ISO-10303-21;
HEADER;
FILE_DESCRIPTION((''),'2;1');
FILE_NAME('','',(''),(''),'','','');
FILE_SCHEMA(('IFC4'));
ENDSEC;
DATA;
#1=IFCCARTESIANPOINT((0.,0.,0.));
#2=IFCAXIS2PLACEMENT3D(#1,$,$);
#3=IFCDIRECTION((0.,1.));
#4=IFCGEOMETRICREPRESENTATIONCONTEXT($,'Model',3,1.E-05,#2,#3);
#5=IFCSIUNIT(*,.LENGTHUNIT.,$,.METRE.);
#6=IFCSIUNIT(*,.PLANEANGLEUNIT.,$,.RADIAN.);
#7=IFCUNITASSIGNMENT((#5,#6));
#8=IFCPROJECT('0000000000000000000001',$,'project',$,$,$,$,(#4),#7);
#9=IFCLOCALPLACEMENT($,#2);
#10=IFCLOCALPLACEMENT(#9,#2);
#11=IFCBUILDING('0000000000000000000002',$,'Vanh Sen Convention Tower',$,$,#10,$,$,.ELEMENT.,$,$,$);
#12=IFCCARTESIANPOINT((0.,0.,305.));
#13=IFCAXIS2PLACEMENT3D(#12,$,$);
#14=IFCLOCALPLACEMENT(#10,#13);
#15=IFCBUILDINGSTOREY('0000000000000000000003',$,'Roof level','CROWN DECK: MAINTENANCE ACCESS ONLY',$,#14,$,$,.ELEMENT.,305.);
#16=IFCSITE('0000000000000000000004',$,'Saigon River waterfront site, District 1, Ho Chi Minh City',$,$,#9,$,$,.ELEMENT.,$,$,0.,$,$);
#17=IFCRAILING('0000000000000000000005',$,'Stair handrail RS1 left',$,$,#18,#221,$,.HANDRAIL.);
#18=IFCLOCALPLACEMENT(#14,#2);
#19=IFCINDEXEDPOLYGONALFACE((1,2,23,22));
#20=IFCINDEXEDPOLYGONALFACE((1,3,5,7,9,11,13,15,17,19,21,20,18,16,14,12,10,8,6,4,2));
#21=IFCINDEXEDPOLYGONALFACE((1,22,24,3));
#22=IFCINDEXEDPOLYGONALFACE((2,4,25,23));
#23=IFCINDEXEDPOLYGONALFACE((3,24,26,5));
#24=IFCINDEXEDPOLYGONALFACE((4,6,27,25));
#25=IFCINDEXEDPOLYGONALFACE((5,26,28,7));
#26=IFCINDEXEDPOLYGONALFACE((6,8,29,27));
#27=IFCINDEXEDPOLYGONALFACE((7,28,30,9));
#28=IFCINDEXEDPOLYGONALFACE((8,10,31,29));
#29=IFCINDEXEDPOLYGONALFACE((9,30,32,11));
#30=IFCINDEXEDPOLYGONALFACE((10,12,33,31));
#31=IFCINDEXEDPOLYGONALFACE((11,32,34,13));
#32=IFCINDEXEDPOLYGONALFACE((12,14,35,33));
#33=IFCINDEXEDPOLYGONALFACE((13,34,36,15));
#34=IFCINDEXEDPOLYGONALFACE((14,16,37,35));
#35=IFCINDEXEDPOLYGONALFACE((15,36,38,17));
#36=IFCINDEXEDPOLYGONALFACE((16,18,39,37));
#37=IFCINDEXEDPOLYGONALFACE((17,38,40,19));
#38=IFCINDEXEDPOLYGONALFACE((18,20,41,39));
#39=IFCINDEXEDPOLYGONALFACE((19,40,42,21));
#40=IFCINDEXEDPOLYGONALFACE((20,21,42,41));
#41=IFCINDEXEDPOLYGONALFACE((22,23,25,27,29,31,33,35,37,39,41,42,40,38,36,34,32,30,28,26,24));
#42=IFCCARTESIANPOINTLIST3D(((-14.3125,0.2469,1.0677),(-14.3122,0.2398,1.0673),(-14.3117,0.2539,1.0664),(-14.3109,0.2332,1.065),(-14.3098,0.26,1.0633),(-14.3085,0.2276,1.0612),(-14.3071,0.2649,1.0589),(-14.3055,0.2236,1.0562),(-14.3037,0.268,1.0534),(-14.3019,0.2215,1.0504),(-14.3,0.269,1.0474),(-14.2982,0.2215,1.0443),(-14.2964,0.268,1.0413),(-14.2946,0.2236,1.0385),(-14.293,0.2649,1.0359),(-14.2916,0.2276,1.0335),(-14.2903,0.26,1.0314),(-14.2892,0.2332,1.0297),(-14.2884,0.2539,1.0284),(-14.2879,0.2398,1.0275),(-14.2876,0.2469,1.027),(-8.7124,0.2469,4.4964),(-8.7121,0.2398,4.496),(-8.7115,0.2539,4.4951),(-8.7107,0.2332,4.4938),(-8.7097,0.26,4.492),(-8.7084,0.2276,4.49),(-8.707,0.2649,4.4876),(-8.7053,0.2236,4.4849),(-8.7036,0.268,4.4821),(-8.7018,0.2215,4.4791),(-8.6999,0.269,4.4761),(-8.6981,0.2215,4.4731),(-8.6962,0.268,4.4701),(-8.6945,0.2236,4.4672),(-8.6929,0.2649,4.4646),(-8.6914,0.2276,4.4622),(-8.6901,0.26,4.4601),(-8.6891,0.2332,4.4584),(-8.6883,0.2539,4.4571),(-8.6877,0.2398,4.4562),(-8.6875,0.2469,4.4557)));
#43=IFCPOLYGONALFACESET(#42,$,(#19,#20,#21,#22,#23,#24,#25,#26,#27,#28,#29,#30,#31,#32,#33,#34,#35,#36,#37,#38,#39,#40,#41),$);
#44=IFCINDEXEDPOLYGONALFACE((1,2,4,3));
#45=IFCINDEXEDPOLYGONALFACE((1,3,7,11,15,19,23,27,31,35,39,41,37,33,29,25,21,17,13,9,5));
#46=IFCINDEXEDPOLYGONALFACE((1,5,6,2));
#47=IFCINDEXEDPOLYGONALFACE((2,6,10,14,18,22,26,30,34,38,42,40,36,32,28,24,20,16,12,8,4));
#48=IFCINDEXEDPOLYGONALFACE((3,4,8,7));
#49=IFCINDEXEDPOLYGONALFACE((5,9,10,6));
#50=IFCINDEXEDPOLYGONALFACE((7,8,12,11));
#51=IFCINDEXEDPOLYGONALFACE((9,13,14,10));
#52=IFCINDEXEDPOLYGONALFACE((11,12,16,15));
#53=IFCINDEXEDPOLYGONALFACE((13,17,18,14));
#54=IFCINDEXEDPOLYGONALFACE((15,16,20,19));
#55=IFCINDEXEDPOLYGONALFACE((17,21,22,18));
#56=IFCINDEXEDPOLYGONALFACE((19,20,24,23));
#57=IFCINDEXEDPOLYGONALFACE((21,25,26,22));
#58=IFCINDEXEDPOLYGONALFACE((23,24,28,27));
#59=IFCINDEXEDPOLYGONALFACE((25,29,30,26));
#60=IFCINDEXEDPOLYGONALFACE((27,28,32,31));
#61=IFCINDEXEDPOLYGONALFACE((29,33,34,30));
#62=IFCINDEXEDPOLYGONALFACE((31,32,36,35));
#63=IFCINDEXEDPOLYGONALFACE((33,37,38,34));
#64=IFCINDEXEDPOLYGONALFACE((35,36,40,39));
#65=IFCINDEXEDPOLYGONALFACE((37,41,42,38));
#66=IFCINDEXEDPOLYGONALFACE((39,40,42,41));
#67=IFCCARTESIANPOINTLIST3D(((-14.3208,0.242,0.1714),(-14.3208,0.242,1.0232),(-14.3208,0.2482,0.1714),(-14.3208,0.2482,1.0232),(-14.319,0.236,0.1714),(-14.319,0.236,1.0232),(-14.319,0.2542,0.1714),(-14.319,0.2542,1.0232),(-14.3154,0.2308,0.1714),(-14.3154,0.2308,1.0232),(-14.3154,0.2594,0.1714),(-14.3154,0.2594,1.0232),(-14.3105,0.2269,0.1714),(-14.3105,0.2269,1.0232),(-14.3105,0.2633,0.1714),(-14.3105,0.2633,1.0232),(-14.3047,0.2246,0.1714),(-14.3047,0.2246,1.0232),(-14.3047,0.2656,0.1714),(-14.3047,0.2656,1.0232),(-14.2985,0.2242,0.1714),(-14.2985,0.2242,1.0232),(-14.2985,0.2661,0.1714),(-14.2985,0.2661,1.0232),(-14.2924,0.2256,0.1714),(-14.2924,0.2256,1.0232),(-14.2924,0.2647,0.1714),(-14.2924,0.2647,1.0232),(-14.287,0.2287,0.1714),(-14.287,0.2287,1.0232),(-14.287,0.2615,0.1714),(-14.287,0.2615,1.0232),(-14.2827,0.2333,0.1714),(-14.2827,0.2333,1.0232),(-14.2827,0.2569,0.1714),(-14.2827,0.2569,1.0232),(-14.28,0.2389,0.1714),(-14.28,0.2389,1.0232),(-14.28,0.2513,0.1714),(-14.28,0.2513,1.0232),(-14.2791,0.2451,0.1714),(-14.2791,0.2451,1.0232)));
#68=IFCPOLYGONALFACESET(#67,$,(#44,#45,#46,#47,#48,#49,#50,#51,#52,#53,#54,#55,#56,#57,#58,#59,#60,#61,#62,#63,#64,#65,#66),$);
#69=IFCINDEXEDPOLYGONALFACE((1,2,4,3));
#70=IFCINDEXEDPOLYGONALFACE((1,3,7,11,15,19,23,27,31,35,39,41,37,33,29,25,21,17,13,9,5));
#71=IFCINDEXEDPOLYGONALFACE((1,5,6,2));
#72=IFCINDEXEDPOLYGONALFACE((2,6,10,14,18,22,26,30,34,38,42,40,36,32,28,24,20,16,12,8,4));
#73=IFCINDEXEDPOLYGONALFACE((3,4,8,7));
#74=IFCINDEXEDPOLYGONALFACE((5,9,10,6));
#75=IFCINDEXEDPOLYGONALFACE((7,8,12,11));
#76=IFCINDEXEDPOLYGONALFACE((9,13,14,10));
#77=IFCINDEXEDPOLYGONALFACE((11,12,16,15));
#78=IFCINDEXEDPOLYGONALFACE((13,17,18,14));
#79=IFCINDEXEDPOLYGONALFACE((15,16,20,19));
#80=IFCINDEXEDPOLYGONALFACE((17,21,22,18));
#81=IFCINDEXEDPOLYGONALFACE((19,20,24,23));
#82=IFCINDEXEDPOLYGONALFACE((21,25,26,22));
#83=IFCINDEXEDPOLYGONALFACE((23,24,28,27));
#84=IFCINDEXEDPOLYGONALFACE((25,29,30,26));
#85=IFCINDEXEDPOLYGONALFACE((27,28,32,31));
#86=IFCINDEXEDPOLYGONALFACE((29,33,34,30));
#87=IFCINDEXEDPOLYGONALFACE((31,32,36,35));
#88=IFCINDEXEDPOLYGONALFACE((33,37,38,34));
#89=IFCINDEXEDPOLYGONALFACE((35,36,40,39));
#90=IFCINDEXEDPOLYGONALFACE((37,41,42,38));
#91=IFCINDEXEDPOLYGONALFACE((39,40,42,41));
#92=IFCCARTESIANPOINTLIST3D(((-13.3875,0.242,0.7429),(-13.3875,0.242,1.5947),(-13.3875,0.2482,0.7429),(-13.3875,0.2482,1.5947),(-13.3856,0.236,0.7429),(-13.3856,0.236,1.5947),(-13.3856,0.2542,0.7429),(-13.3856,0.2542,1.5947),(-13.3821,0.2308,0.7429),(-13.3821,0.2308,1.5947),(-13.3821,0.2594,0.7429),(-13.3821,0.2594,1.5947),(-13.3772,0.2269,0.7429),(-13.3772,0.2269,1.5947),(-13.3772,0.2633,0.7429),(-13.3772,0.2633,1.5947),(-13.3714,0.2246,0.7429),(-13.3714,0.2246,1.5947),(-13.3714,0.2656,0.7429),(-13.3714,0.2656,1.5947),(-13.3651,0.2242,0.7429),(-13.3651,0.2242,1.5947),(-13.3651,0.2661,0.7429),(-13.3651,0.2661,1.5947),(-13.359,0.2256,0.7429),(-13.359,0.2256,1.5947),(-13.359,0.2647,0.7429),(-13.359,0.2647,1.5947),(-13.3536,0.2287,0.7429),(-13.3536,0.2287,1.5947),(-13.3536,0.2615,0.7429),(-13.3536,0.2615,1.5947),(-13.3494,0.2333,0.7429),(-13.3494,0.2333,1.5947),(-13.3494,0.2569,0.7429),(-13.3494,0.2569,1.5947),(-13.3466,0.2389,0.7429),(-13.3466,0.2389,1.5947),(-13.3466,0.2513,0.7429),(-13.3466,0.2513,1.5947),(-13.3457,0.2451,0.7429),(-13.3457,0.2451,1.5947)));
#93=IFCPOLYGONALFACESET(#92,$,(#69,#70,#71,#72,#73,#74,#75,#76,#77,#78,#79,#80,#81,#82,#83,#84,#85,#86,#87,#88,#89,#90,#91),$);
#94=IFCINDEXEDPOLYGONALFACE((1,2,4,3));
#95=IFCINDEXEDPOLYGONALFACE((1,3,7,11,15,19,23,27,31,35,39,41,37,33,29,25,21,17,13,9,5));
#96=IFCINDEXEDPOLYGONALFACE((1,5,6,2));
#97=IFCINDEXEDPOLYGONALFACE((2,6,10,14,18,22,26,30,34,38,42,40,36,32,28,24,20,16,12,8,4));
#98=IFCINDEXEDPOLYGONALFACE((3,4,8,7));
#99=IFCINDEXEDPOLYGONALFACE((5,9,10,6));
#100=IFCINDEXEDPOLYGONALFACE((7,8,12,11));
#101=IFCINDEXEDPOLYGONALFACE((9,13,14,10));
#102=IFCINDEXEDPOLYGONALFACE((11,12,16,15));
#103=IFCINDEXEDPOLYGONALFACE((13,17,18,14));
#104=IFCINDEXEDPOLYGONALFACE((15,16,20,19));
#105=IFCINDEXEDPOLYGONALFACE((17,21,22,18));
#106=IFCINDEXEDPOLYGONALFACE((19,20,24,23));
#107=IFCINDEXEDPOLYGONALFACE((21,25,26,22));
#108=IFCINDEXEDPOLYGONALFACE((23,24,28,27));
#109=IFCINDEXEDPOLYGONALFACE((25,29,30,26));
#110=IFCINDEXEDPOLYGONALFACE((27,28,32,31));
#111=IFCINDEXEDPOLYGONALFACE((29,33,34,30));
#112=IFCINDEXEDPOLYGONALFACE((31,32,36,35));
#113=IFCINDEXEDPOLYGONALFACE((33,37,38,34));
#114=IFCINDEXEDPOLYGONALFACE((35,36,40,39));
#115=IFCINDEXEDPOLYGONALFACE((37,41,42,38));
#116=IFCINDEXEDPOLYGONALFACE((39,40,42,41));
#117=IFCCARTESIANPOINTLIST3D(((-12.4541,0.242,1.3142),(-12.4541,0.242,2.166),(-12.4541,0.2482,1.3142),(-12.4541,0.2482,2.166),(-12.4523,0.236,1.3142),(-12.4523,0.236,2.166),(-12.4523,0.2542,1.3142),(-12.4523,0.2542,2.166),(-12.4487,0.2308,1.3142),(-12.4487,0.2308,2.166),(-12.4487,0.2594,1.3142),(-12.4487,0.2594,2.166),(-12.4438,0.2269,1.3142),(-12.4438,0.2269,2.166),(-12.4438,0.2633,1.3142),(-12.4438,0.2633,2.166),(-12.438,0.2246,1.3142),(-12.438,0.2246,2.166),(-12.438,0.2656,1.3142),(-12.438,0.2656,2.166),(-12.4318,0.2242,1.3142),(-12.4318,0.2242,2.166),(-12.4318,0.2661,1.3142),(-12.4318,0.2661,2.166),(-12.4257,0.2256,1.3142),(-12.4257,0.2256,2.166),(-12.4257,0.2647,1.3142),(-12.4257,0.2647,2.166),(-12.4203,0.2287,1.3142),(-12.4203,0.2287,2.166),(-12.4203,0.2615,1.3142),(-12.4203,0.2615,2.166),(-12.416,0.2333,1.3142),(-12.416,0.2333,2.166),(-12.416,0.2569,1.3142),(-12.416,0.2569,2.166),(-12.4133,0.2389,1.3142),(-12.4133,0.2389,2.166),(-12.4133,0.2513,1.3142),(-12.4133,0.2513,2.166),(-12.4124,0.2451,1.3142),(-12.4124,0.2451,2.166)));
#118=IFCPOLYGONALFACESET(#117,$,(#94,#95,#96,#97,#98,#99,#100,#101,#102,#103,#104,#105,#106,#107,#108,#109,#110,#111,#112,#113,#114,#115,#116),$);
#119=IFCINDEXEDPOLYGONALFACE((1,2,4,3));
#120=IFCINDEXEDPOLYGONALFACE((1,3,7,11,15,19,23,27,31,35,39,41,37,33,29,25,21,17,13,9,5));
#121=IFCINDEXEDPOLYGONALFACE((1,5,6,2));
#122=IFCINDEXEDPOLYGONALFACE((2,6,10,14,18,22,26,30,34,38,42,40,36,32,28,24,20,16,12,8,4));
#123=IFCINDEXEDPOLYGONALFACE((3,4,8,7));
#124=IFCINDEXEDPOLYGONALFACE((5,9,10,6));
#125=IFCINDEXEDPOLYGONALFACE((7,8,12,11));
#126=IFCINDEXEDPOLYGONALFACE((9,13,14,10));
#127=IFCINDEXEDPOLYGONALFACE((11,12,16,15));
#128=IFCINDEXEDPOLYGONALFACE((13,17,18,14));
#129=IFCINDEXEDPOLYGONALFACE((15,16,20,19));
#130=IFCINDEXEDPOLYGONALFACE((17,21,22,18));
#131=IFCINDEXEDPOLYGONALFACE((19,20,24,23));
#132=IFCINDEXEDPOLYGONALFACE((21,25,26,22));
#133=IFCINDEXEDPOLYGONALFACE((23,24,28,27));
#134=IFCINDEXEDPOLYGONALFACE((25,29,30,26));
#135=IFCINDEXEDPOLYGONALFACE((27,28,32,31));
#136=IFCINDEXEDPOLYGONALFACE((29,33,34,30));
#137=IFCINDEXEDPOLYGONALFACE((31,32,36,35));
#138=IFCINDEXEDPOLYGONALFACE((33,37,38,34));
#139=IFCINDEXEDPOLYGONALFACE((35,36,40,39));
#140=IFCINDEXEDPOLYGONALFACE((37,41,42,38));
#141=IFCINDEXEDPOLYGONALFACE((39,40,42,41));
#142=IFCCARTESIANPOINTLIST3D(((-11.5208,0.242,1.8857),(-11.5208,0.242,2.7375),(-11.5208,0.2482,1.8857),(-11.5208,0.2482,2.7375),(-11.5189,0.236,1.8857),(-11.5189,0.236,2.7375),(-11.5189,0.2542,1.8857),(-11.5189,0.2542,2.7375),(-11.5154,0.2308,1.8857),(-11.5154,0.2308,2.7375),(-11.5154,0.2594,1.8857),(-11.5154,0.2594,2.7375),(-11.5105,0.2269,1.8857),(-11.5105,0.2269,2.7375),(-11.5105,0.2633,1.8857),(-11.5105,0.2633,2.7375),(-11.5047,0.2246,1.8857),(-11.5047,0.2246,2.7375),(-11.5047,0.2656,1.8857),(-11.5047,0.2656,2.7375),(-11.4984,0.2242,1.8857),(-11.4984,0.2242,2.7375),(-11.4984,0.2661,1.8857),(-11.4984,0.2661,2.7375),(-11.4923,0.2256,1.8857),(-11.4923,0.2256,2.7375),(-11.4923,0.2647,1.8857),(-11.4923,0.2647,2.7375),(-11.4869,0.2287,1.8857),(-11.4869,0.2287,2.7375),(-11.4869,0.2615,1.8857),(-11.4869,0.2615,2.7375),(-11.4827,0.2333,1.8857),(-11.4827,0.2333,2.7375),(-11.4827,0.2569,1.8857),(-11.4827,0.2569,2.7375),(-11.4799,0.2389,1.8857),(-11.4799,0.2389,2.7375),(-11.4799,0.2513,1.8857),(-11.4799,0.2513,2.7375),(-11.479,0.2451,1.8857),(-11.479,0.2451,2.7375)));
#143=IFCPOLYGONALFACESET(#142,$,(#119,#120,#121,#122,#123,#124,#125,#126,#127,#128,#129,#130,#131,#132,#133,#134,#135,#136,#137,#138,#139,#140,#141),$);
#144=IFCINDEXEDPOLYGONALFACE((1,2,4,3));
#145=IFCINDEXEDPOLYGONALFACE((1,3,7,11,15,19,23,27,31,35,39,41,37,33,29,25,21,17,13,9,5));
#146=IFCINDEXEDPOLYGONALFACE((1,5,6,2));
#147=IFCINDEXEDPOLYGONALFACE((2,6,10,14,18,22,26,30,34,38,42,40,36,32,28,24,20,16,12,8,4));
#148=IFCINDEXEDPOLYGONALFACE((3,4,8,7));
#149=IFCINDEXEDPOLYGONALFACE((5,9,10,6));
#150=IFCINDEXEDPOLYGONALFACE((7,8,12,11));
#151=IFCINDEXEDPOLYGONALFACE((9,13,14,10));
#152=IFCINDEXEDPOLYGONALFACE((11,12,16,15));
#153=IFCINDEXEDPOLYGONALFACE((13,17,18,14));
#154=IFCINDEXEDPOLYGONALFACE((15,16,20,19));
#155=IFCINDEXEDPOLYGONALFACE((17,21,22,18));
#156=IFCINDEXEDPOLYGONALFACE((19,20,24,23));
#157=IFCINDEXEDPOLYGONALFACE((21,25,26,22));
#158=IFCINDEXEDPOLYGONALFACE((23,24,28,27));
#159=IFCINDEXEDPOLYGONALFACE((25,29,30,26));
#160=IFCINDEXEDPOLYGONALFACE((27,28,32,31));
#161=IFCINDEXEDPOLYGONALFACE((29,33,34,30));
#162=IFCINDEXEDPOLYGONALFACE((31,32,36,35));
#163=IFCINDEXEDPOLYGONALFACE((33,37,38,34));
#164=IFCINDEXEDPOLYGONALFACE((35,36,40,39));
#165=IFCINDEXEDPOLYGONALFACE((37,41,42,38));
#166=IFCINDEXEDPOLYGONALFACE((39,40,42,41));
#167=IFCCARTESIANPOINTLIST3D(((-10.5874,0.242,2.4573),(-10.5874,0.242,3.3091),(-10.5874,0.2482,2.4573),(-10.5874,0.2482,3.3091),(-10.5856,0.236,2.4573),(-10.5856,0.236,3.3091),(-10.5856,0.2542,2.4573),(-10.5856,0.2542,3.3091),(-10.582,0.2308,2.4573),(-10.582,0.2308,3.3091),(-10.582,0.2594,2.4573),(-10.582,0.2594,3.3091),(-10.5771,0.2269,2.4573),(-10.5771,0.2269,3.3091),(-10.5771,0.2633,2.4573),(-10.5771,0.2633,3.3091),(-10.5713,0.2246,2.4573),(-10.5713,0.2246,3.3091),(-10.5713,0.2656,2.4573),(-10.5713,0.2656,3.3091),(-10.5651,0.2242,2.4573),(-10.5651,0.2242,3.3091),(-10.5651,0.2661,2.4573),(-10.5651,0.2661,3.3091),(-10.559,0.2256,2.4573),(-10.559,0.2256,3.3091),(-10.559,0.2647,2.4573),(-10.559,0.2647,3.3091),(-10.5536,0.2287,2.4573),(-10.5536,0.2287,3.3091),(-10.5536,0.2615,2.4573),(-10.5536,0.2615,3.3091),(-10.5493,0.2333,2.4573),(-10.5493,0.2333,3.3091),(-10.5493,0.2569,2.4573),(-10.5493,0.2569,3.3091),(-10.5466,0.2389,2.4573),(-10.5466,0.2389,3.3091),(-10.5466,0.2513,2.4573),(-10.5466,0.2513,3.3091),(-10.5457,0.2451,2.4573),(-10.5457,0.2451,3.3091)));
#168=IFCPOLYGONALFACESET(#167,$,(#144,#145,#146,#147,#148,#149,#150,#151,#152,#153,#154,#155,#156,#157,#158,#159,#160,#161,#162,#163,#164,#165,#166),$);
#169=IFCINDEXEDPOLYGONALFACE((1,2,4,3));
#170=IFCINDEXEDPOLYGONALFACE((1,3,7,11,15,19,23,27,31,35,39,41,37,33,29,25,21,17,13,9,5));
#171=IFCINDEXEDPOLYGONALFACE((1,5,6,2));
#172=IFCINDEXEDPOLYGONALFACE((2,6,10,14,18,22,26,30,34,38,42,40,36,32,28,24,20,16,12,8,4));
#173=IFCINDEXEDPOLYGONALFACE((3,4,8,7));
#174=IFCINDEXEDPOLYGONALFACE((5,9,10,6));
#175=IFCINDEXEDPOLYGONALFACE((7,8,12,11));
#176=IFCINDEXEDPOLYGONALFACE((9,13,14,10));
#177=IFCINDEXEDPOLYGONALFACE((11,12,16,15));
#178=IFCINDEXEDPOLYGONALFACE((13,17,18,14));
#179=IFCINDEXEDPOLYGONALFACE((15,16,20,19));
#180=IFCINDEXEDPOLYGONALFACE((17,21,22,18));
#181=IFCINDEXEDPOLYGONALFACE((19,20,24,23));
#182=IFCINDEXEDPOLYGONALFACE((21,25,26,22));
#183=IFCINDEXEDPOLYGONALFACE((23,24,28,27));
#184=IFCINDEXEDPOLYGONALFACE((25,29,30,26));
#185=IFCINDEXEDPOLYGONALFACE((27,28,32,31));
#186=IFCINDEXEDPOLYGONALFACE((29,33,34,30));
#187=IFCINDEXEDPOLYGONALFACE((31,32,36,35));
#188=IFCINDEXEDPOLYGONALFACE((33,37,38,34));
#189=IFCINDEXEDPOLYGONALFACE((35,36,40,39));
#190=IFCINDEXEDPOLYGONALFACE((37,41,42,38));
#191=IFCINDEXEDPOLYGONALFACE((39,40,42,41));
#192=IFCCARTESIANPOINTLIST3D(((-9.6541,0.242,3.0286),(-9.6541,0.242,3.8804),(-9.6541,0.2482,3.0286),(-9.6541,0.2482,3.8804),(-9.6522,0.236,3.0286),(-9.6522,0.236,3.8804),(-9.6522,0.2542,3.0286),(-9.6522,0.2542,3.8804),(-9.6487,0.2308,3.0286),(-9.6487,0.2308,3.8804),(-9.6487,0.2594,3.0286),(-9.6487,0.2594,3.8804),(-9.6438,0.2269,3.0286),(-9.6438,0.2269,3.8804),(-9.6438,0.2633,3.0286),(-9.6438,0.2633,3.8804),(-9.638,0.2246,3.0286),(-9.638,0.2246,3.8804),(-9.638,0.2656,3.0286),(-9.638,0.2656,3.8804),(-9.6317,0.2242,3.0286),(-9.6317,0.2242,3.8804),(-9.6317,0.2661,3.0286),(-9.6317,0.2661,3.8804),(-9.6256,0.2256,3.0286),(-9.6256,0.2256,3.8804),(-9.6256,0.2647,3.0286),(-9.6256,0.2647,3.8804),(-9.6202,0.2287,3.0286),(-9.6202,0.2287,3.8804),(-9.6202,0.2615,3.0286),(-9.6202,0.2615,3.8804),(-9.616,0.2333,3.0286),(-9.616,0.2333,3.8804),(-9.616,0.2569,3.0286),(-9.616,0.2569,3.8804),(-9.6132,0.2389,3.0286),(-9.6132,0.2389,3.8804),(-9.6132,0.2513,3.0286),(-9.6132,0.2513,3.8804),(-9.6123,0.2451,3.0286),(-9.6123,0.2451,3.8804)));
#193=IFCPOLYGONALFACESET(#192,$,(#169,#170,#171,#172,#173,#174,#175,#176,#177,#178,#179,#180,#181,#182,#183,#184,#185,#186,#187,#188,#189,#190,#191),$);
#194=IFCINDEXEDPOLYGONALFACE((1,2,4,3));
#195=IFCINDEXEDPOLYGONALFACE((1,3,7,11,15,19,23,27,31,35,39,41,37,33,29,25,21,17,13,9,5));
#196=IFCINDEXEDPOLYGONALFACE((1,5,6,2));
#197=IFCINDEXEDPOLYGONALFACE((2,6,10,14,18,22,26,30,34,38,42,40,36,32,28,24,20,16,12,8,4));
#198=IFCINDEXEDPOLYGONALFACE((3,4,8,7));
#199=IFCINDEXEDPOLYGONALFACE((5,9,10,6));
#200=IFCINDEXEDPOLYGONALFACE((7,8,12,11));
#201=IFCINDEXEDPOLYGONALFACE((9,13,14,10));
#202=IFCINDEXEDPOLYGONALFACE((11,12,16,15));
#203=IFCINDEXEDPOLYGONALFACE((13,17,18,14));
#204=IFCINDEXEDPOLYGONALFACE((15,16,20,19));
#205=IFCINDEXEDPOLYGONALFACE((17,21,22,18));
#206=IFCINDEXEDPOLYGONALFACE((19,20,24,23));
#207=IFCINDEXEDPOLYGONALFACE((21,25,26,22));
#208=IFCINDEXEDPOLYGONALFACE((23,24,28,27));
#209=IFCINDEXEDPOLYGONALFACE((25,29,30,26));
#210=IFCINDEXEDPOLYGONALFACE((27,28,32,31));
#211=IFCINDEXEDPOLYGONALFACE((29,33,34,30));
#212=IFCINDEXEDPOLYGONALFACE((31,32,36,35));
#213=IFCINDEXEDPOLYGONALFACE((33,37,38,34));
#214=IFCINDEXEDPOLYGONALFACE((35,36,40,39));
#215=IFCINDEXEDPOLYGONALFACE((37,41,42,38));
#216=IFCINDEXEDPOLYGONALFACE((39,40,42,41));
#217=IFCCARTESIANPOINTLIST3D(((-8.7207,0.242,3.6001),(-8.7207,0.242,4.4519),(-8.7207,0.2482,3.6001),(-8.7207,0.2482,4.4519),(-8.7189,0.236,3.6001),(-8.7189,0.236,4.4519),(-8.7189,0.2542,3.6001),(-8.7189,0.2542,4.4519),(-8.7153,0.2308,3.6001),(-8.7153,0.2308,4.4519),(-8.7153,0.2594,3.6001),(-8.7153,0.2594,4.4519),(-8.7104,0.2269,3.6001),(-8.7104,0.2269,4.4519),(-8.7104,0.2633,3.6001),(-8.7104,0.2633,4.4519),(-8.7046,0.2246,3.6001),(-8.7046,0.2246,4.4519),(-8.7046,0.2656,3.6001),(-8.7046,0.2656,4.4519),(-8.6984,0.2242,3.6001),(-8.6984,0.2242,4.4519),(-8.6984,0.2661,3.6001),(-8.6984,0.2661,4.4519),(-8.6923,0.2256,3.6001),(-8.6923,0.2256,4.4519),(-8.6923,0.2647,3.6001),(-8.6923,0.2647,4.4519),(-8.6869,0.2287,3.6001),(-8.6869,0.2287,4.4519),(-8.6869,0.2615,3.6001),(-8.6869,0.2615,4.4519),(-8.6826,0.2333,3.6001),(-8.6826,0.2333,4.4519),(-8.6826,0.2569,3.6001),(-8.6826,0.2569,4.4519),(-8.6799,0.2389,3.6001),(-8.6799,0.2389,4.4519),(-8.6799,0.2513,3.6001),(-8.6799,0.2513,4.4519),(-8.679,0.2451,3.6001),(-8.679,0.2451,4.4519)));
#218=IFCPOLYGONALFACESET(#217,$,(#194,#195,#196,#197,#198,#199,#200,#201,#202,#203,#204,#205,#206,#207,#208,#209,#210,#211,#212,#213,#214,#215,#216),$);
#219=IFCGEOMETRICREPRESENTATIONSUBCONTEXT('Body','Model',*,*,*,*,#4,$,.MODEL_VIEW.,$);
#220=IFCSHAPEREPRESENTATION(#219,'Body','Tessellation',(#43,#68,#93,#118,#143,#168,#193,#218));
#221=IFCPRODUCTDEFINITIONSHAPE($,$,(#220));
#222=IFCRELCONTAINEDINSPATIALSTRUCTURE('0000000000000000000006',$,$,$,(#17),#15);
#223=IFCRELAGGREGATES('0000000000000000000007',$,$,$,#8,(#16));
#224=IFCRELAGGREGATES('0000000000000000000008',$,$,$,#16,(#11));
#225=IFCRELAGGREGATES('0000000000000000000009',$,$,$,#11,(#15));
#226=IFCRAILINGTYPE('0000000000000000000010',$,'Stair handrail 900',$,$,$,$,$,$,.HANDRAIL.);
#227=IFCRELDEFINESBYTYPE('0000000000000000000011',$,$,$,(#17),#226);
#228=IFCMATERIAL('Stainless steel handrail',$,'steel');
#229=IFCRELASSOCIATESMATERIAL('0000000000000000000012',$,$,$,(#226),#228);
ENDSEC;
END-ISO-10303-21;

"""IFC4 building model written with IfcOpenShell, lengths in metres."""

from ifc_helpers import new_model, si_unit, direction, frame, origin, origin_2d, place, context, subcontext, project, spatial, circle, extrude, material, type_object, element, save


model = new_model("IFC4")

# Units and contexts
model_context = context("Model", 3, precision=1e-05, world=origin(), true_north=direction((0.0, 1.0)))
body_context = subcontext(model_context, "Body", "Model", "MODEL_VIEW")
ifc_project = project(units=[si_unit("LENGTHUNIT", "METRE"), si_unit("PLANEANGLEUNIT", "RADIAN")], contexts=[model_context])

# Site, building, storey
site_placement = place(None, origin())
site = spatial("IfcSite", under=ifc_project, at=site_placement, Name="Saigon River waterfront site, District 1, Ho Chi Minh City", CompositionType="ELEMENT", RefElevation=0.0)
building_placement = place(site_placement, origin())
building = spatial("IfcBuilding", under=site, at=building_placement, Name="Vanh Sen Convention Tower", CompositionType="ELEMENT")
storey_placement = place(building_placement, frame((0.0, 0.0, 305.0)))
storey = spatial("IfcBuildingStorey", under=building, at=storey_placement, Name="Roof level", Description="CROWN DECK: MAINTENANCE ACCESS ONLY", CompositionType="ELEMENT", Elevation=305.0)

# Railing
ifc_material_1 = material(Name="Stainless steel handrail", Category="steel")
railing_type_1 = type_object("IfcRailingType", Name="Stair handrail 900", PredefinedType="HANDRAIL", material=ifc_material_1)
railing_1_placement = place(storey_placement, frame((-14.3, 0.2451, 0.1714)))
element("IfcRailing", 1, at=railing_1_placement, inside=storey, type_object=railing_type_1, Name="Stair handrail RS1 left", PredefinedType="HANDRAIL", context=body_context, shape_type="SweptSolid", body=[
    extrude(circle(Radius=0.0239, at=origin_2d()), frame((0.0, 0.0, 0.876), z_axis=(0.852846, 0.0, 0.522163), x_axis=(0.0, 1.0, 0.0)), (0.0, 0.0, 1.0), 6.5664),
    extrude(circle(Radius=0.021, at=origin_2d()), origin(), (0.0, 0.0, 1.0), 0.8518),
    extrude(circle(Radius=0.021, at=origin_2d()), frame((0.9333, 0.0, 0.5715)), (0.0, 0.0, 1.0), 0.8518),
    extrude(circle(Radius=0.021, at=origin_2d()), frame((1.8667, 0.0, 1.1428)), (0.0, 0.0, 1.0), 0.8518),
    extrude(circle(Radius=0.021, at=origin_2d()), frame((2.8, 0.0, 1.7144)), (0.0, 0.0, 1.0), 0.8518),
    extrude(circle(Radius=0.021, at=origin_2d()), frame((3.7334, 0.0, 2.2859)), (0.0, 0.0, 1.0), 0.8518),
    extrude(circle(Radius=0.021, at=origin_2d()), frame((4.6667, 0.0, 2.8572)), (0.0, 0.0, 1.0), 0.8518),
    extrude(circle(Radius=0.021, at=origin_2d()), frame((5.6001, 0.0, 3.4287)), (0.0, 0.0, 1.0), 0.8518),
])

save(model, "model.ifc")
